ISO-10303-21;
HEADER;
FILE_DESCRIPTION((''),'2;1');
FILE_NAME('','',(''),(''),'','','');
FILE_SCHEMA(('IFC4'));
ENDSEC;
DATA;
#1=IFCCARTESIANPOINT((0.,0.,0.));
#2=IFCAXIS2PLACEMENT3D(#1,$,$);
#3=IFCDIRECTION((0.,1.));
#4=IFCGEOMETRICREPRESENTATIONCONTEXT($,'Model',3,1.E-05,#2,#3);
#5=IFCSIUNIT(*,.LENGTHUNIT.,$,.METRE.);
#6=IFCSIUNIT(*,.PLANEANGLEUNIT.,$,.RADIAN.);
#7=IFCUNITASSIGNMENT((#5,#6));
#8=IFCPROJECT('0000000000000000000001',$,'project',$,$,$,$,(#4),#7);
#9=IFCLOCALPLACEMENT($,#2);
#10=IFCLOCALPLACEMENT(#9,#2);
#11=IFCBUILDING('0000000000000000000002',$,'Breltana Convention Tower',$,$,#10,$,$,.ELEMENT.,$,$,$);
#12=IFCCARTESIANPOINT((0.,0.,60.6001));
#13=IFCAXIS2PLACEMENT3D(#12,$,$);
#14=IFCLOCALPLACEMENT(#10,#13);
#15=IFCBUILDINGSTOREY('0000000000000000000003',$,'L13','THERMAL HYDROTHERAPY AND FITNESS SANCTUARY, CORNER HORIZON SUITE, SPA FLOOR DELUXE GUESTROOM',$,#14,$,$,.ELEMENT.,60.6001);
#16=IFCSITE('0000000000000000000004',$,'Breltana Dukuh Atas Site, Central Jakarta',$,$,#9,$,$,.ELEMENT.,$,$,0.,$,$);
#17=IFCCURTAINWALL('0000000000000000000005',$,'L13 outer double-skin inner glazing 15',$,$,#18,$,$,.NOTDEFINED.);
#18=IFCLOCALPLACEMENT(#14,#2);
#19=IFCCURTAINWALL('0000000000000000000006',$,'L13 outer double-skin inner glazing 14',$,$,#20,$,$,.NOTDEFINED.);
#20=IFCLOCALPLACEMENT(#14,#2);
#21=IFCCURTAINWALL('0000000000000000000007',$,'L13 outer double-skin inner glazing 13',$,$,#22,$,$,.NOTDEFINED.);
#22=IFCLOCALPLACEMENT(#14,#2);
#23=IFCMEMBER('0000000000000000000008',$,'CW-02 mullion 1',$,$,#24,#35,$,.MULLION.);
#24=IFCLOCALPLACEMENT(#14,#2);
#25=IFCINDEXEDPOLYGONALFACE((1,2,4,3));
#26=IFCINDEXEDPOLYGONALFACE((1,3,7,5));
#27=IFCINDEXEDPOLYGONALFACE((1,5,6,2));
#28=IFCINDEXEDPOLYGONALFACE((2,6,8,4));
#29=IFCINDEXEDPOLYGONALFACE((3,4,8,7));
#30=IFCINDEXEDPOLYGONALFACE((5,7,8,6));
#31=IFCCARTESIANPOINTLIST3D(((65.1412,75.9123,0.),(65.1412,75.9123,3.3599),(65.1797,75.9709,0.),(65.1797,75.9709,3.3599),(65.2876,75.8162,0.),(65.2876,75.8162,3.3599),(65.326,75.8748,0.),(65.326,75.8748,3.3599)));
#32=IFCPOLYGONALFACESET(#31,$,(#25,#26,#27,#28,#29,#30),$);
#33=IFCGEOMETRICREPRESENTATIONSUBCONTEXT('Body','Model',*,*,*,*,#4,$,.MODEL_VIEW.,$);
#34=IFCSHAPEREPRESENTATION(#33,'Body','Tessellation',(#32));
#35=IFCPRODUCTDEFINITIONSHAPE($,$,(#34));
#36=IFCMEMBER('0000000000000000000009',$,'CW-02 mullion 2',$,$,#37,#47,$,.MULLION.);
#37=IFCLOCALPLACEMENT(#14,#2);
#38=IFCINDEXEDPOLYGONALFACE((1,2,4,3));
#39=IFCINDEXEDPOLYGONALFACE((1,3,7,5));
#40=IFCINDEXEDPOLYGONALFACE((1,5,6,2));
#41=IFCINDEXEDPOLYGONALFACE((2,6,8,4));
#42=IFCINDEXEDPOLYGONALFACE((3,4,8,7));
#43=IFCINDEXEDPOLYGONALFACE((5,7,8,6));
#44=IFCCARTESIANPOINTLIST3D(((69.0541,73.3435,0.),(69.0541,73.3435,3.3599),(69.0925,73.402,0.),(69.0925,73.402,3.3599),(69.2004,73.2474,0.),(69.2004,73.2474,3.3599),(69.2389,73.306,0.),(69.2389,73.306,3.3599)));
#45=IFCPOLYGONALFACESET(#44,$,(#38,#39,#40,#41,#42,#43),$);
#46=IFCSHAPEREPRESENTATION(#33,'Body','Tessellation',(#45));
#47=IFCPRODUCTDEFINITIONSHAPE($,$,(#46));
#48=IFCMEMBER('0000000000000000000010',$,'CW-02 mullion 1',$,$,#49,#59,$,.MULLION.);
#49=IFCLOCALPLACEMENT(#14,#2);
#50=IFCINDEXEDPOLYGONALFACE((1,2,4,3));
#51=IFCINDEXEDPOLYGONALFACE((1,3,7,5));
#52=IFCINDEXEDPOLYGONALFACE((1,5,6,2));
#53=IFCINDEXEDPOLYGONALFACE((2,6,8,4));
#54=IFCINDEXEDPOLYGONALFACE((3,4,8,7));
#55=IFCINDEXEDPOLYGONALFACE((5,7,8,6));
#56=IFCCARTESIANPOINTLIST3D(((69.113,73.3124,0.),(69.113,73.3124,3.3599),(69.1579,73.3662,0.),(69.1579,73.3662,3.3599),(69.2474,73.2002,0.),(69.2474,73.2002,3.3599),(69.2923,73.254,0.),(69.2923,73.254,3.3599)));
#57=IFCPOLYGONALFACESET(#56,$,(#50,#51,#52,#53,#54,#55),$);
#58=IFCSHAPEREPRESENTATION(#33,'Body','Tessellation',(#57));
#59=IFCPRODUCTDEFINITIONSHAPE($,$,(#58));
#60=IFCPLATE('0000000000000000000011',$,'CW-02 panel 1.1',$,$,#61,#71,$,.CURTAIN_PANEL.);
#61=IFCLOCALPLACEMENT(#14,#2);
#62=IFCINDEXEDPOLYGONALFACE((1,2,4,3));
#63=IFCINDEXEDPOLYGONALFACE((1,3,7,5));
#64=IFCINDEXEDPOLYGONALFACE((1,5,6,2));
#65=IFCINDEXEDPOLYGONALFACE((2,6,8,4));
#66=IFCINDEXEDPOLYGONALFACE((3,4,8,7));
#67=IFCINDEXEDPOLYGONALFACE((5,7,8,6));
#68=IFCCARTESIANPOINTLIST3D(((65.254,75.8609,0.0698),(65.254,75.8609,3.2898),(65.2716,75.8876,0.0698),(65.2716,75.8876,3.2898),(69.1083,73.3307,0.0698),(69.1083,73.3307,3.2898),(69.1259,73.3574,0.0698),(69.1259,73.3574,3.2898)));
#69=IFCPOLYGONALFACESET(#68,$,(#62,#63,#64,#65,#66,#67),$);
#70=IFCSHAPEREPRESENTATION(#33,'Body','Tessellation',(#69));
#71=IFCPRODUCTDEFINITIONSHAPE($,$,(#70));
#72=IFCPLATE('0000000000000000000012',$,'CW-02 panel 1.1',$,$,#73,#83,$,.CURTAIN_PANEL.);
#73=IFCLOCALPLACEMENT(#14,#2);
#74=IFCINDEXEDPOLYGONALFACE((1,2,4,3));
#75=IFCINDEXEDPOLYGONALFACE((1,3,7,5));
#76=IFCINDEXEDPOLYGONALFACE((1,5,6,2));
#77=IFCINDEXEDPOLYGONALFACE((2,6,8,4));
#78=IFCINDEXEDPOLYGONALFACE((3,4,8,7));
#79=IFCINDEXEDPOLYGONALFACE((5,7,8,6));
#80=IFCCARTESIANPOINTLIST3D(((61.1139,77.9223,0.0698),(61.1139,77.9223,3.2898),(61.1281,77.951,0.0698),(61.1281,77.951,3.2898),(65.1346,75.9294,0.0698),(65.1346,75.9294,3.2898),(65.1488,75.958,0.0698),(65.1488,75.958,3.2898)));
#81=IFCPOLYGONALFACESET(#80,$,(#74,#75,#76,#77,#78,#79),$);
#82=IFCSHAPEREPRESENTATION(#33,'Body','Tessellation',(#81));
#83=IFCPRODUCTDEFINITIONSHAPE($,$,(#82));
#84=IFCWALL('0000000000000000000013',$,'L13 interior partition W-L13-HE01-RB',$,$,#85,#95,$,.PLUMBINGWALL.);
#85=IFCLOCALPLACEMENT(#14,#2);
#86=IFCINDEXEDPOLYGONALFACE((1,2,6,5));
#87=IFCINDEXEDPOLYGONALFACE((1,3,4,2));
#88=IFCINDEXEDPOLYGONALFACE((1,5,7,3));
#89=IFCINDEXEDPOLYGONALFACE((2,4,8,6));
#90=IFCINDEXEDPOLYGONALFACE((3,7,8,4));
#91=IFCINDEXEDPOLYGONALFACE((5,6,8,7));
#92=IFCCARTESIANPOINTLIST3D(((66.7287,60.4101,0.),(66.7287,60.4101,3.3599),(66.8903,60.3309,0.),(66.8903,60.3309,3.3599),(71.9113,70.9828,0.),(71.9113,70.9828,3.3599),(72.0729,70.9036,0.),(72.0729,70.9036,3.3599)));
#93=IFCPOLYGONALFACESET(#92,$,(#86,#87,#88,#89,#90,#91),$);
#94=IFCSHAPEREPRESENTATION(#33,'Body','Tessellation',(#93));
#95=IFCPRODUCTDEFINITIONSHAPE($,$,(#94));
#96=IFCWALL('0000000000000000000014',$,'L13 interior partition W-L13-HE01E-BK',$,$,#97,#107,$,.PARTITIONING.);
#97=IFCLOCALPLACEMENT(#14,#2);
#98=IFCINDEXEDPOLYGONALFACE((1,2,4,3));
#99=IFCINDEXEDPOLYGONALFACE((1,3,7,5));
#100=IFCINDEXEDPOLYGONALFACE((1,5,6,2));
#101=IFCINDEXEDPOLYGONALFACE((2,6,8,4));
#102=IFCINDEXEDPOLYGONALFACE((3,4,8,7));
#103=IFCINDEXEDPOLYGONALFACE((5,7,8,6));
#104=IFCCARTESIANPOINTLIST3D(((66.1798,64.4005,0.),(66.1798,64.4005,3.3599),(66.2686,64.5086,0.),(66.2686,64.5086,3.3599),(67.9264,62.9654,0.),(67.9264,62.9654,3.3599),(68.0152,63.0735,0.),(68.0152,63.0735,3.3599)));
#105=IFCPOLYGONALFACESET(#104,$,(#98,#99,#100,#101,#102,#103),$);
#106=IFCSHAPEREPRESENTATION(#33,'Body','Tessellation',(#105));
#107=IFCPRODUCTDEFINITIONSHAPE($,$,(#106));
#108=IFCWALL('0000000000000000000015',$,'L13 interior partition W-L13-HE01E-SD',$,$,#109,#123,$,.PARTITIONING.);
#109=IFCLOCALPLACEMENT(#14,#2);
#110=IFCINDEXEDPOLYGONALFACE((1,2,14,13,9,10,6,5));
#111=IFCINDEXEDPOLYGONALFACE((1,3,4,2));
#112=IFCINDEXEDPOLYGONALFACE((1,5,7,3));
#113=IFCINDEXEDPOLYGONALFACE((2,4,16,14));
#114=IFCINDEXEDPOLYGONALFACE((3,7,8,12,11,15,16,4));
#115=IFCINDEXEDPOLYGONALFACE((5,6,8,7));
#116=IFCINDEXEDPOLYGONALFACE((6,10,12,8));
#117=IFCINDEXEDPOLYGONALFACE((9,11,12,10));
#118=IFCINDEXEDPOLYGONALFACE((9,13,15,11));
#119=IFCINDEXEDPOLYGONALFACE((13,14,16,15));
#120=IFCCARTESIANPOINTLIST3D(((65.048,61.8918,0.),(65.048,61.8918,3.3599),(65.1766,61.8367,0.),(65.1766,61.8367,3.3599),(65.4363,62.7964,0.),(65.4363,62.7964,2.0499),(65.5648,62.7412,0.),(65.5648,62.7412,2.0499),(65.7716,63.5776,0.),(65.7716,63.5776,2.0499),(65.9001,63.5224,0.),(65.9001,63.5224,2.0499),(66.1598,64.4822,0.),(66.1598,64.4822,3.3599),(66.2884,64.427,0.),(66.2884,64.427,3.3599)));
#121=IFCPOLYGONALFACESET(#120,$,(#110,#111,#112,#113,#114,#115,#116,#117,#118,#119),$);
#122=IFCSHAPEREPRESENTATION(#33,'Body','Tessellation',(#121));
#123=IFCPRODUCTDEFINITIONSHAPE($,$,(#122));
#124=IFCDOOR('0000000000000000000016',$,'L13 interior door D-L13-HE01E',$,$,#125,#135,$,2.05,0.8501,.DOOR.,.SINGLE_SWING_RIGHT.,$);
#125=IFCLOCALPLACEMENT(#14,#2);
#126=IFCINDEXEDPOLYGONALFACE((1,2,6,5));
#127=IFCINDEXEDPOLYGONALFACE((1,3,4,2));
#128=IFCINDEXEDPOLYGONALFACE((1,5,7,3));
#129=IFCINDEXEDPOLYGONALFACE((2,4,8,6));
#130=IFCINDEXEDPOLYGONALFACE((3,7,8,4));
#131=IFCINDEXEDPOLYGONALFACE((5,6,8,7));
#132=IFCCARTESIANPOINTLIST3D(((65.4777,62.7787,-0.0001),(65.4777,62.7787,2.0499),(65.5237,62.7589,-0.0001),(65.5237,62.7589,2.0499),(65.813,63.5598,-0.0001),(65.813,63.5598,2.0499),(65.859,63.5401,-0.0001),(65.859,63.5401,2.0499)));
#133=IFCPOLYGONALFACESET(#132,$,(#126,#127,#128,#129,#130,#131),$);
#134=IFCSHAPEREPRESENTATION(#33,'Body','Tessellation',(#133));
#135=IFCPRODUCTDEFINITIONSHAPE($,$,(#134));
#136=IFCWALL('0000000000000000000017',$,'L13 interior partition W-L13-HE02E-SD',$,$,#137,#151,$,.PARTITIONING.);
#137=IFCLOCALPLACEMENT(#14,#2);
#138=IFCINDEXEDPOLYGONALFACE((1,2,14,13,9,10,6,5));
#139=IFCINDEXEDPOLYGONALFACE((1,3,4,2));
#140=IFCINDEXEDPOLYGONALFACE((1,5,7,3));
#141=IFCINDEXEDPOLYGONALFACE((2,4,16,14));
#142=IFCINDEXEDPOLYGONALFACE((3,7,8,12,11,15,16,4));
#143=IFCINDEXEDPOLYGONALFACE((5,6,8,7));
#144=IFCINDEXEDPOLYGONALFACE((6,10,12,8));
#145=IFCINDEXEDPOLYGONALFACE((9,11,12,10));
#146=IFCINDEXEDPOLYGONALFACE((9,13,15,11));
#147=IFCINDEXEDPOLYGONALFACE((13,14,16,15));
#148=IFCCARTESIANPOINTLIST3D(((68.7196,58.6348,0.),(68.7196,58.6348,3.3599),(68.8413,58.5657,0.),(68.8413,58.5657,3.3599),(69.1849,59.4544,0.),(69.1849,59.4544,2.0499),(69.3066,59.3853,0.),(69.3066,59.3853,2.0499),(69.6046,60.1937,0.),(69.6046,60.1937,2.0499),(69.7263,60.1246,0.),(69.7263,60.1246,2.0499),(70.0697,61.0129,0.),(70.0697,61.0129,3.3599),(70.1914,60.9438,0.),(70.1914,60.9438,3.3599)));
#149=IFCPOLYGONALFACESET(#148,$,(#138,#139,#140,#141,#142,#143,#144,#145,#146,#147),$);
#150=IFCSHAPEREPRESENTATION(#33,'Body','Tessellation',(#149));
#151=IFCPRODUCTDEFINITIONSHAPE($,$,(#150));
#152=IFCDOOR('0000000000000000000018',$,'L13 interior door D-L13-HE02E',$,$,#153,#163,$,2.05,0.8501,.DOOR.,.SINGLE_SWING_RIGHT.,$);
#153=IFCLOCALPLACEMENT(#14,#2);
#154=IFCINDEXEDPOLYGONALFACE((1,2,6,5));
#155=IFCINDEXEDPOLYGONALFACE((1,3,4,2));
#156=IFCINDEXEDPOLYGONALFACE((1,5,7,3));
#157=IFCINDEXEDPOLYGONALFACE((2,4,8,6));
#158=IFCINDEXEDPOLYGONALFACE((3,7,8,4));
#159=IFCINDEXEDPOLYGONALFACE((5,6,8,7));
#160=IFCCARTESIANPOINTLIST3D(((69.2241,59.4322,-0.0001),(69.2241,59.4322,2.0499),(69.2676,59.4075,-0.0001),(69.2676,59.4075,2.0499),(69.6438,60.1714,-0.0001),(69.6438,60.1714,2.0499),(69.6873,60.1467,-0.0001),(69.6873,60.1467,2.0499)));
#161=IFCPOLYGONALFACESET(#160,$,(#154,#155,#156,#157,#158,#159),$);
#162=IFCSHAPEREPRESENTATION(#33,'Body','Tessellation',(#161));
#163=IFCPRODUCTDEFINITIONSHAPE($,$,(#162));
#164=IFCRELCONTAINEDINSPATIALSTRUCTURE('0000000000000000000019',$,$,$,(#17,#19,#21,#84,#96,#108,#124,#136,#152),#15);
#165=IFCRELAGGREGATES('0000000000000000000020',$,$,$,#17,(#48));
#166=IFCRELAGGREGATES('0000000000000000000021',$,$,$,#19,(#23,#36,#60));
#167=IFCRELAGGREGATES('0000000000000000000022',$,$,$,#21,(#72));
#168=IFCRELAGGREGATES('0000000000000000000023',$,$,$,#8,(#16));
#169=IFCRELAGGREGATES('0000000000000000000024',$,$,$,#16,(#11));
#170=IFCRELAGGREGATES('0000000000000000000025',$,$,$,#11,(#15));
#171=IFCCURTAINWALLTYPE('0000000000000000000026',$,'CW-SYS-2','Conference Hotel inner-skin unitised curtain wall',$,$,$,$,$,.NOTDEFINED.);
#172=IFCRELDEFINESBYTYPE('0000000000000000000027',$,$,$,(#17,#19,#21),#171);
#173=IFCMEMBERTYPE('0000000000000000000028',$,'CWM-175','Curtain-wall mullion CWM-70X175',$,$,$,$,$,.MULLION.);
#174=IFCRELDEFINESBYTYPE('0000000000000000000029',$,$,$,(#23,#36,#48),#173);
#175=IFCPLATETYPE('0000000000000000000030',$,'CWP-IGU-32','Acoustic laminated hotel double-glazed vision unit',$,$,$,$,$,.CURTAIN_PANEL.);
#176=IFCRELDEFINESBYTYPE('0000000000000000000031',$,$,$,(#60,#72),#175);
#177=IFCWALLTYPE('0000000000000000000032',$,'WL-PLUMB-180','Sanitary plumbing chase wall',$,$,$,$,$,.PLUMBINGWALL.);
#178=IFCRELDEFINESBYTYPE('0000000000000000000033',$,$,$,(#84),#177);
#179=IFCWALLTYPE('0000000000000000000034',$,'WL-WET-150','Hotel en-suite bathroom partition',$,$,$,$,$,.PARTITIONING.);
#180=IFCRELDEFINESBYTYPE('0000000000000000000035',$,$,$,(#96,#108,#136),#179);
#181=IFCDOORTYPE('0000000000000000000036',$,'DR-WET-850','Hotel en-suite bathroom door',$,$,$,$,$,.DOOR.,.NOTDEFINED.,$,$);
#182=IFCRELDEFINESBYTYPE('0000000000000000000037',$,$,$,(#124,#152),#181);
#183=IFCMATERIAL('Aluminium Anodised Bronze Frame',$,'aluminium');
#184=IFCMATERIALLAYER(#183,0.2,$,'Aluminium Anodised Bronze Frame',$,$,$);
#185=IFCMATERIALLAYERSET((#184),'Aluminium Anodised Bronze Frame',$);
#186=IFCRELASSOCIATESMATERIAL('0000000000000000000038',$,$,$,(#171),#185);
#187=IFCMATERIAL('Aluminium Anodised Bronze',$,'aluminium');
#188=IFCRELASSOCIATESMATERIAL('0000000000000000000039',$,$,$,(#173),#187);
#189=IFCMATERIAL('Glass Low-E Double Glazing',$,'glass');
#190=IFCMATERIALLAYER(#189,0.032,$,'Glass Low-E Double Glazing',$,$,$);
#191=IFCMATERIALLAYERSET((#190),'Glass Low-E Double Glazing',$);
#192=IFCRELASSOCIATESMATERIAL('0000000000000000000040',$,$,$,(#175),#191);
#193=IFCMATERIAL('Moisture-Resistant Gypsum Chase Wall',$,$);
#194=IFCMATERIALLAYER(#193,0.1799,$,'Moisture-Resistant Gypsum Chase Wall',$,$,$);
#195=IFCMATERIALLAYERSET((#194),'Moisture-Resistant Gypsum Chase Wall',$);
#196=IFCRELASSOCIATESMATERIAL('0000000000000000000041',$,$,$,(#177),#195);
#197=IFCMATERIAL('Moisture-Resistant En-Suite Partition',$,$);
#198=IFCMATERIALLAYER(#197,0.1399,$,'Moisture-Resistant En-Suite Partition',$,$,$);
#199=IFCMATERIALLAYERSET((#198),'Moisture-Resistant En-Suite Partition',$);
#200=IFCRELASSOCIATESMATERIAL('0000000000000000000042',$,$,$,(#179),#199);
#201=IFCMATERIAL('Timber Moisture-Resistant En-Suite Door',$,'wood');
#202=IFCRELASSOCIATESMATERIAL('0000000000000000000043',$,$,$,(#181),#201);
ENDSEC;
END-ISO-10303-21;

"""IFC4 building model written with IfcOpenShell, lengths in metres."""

from ifc_helpers import new_model, si_unit, direction, frame, frame_2d, origin, origin_2d, place, context, subcontext, project, spatial, rectangle, extrude, source, transform, mapped, material, layer, layer_set, material_profile, profile_set, type_object, type_shapes, element, fill, aggregate, save


model = new_model("IFC4")

# Units and contexts
model_context = context("Model", 3, precision=1e-05, world=origin(), true_north=direction((0.0, 1.0)))
body_context = subcontext(model_context, "Body", "Model", "MODEL_VIEW")
ifc_project = project(units=[si_unit("LENGTHUNIT", "METRE"), si_unit("PLANEANGLEUNIT", "RADIAN")], contexts=[model_context])

# Site, building, storey
site_placement = place(None, origin())
site = spatial("IfcSite", under=ifc_project, at=site_placement, Name="Breltana Dukuh Atas Site, Central Jakarta", CompositionType="ELEMENT", RefElevation=0.0)
building_placement = place(site_placement, origin())
building = spatial("IfcBuilding", under=site, at=building_placement, Name="Breltana Convention Tower", CompositionType="ELEMENT")
storey_placement = place(building_placement, frame((0.0, 0.0, 60.6001)))
storey = spatial("IfcBuildingStorey", under=building, at=storey_placement, Name="L13", Description="THERMAL HYDROTHERAPY AND FITNESS SANCTUARY, CORNER HORIZON SUITE, SPA FLOOR DELUXE GUESTROOM", CompositionType="ELEMENT", Elevation=60.6001)

# Curtain wall
ifc_material_1 = material(Name="Aluminium Anodised Bronze Frame", Category="aluminium")
ifc_layer_1 = layer(ifc_material_1, 0.2, Name="Aluminium Anodised Bronze Frame")
ifc_layer_set_1 = layer_set([ifc_layer_1], Name="Aluminium Anodised Bronze Frame")
curtain_wall_type = type_object("IfcCurtainWallType", Name="CW-SYS-2", Description="Conference Hotel inner-skin unitised curtain wall", PredefinedType="NOTDEFINED", material=ifc_layer_set_1)
curtain_wall_1_placement = place(storey_placement, origin())
curtain_wall_1 = element("IfcCurtainWall", 1, at=curtain_wall_1_placement, inside=storey, type_object=curtain_wall_type, Name="L13 outer double-skin inner glazing 15", PredefinedType="NOTDEFINED")
ifc_material_2 = material(Name="Aluminium Anodised Bronze", Category="aluminium")

# Curtain wall
curtain_wall_2_placement = place(storey_placement, origin())
curtain_wall_2 = element("IfcCurtainWall", 2, at=curtain_wall_2_placement, inside=storey, type_object=curtain_wall_type, Name="L13 outer double-skin inner glazing 14", PredefinedType="NOTDEFINED")

# Curtain wall
curtain_wall_3_placement = place(storey_placement, origin())
curtain_wall_3 = element("IfcCurtainWall", 3, at=curtain_wall_3_placement, inside=storey, type_object=curtain_wall_type, Name="L13 outer double-skin inner glazing 13", PredefinedType="NOTDEFINED")
ifc_material_profile_1 = material_profile(ifc_material_2, rectangle(XDim=0.0701, YDim=0.175, at=origin_2d()), Name="CWM-70X175")
ifc_profile_set_1 = profile_set([ifc_material_profile_1], Name="Aluminium Anodised Bronze")
member_type_1 = type_object("IfcMemberType", Name="CWM-175", Description="Curtain-wall mullion CWM-70X175", PredefinedType="MULLION", material=ifc_profile_set_1)
shared_shape_1 = source(origin(), body_context, "Body", "SweptSolid", [
    extrude(rectangle(XDim=0.0701, YDim=0.175, at=origin_2d()), origin(), (0.0, 0.0, 1.0), 3.3599),
])

# Members
member_1_placement = place(storey_placement, frame((65.2336, 75.8936, 0.0), z_axis=(0.0, 0.0, 1.0), x_axis=(0.548784, 0.835964, 0.0)))
member_1 = element("IfcMember", 4, at=member_1_placement, type_object=member_type_1, Name="CW-02 mullion 1", PredefinedType="MULLION", context=body_context, shape_type="MappedRepresentation", body=[
    mapped(shared_shape_1, transform((0.0, 0.0, 0.0), scale=1.0)),
])
member_2_placement = place(storey_placement, frame((69.1465, 73.3247, 0.0), z_axis=(0.0, 0.0, 1.0), x_axis=(0.548784, 0.835964, 0.0)))
member_2 = element("IfcMember", 5, at=member_2_placement, type_object=member_type_1, Name="CW-02 mullion 2", PredefinedType="MULLION", context=body_context, shape_type="MappedRepresentation", body=[
    mapped(shared_shape_1, transform((0.0, 0.0, 0.0), scale=1.0)),
])
member_3_placement = place(storey_placement, frame((69.2026, 73.2832, 0.0), z_axis=(0.0, 0.0, 1.0), x_axis=(0.64052, 0.767941, 0.0)))
member_3 = element("IfcMember", 6, at=member_3_placement, type_object=member_type_1, Name="CW-02 mullion 1", PredefinedType="MULLION", context=body_context, shape_type="MappedRepresentation", body=[
    mapped(shared_shape_1, transform((0.0, 0.0, 0.0), scale=1.0)),
])
aggregate(curtain_wall_1, [member_3])

# Plates
ifc_material_3 = material(Name="Glass Low-E Double Glazing", Category="glass")
ifc_layer_2 = layer(ifc_material_3, 0.032, Name="Glass Low-E Double Glazing")
ifc_layer_set_2 = layer_set([ifc_layer_2], Name="Glass Low-E Double Glazing")
plate_type = type_object("IfcPlateType", Name="CWP-IGU-32", Description="Acoustic laminated hotel double-glazed vision unit", PredefinedType="CURTAIN_PANEL", material=ifc_layer_set_2)
shared_shape_2 = source(origin(), body_context, "Body", "SweptSolid", [
    extrude(rectangle(XDim=4.6106, YDim=0.032, at=origin_2d()), origin(), (0.0, 0.0, 1.0), 3.22),
])
plate_1_placement = place(storey_placement, frame((67.1899, 74.6091, 0.0698), z_axis=(0.0, 0.0, 1.0), x_axis=(0.835964, -0.548784, 0.0)))
plate_1 = element("IfcPlate", 7, at=plate_1_placement, type_object=plate_type, Name="CW-02 panel 1.1", PredefinedType="CURTAIN_PANEL", context=body_context, shape_type="MappedRepresentation", body=[
    mapped(shared_shape_2, transform((0.0, 0.0, 0.0), scale=1.0)),
])
aggregate(curtain_wall_2, [member_1, member_2, plate_1])
shared_shape_3 = source(origin(), body_context, "Body", "SweptSolid", [
    extrude(rectangle(XDim=4.4875, YDim=0.032, at=origin_2d()), origin(), (0.0, 0.0, 1.0), 3.22),
])
plate_2_placement = place(storey_placement, frame((63.1313, 76.9402, 0.0698), z_axis=(0.0, 0.0, 1.0), x_axis=(0.895973, -0.444108, 0.0)))
plate_2 = element("IfcPlate", 8, at=plate_2_placement, type_object=plate_type, Name="CW-02 panel 1.1", PredefinedType="CURTAIN_PANEL", context=body_context, shape_type="MappedRepresentation", body=[
    mapped(shared_shape_3, transform((0.0, 0.0, 0.0), scale=1.0)),
])
aggregate(curtain_wall_3, [plate_2])

# Walls
ifc_material_4 = material(Name="Moisture-Resistant Gypsum Chase Wall")
ifc_layer_3 = layer(ifc_material_4, 0.1799, Name="Moisture-Resistant Gypsum Chase Wall")
ifc_layer_set_3 = layer_set([ifc_layer_3], Name="Moisture-Resistant Gypsum Chase Wall")
wall_type_1 = type_object("IfcWallType", Name="WL-PLUMB-180", Description="Sanitary plumbing chase wall", PredefinedType="PLUMBINGWALL", material=ifc_layer_set_3)
shared_shape_4 = source(origin(), body_context, "Body", "SweptSolid", [
    extrude(rectangle(XDim=11.7747, YDim=0.1799, at=frame_2d((5.8872, 0.0))), origin(), (0.0, 0.0, 1.0), 3.3599),
])
wall_1_placement = place(storey_placement, frame((66.8096, 60.3706, 0.0), z_axis=(0.0, 0.0, 1.0), x_axis=(0.44015, 0.897924, 0.0)))
element("IfcWall", 9, at=wall_1_placement, inside=storey, type_object=wall_type_1, Name="L13 interior partition W-L13-HE01-RB", PredefinedType="PLUMBINGWALL", context=body_context, shape_type="MappedRepresentation", body=[
    mapped(shared_shape_4, transform((0.0, 0.0, 0.0), scale=1.0)),
])
ifc_material_5 = material(Name="Moisture-Resistant En-Suite Partition")
ifc_layer_4 = layer(ifc_material_5, 0.1399, Name="Moisture-Resistant En-Suite Partition")
ifc_layer_set_4 = layer_set([ifc_layer_4], Name="Moisture-Resistant En-Suite Partition")
wall_type_2 = type_object("IfcWallType", Name="WL-WET-150", Description="Hotel en-suite bathroom partition", PredefinedType="PARTITIONING", material=ifc_layer_set_4)
shared_shape_5 = source(origin(), body_context, "Body", "SweptSolid", [
    extrude(rectangle(XDim=2.2605, YDim=0.1399, at=frame_2d((1.1304, 0.0))), origin(), (0.0, 0.0, 1.0), 3.3599),
])
wall_2_placement = place(storey_placement, frame((66.2241, 64.4546, 0.0), z_axis=(0.0, 0.0, 1.0), x_axis=(0.772647, -0.634836, 0.0)))
element("IfcWall", 10, at=wall_2_placement, inside=storey, type_object=wall_type_2, Name="L13 interior partition W-L13-HE01E-BK", PredefinedType="PARTITIONING", context=body_context, shape_type="MappedRepresentation", body=[
    mapped(shared_shape_5, transform((0.0, 0.0, 0.0), scale=1.0)),
])

# Walls, openings, doors
shared_shape_6 = source(origin(), body_context, "Body", "SweptSolid", [
    extrude(rectangle(XDim=2.8188, YDim=0.1399, at=frame_2d((1.4094, 0.0))), origin(), (0.0, 0.0, 1.0), 3.3599),
])
wall_3_placement = place(storey_placement, frame((65.1123, 61.8643, 0.0), z_axis=(0.0, 0.0, 1.0), x_axis=(0.394421, 0.91893, 0.0)))
wall_3 = element("IfcWall", 11, at=wall_3_placement, inside=storey, type_object=wall_type_2, Name="L13 interior partition W-L13-HE01E-SD", PredefinedType="PARTITIONING", context=body_context, shape_type="MappedRepresentation", body=[
    mapped(shared_shape_6, transform((0.0, 0.0, 0.0), scale=1.0)),
])
opening_1_placement = place(wall_3_placement, frame((0.9844, 0.0, 0.0)))
opening_1 = element("IfcOpeningElement", 12, at=opening_1_placement, cuts=wall_3, PredefinedType="OPENING", context=body_context, shape_type="SweptSolid", body=[
    extrude(rectangle(XDim=0.8501, YDim=2.05, at=frame_2d((0.425, 1.0249))), frame((0.0, 0.0801, 0.0), z_axis=(0.0, -1.0, 0.0), x_axis=(1.0, 0.0, 0.0)), (0.0, 0.0, 1.0), 0.1599),
])
ifc_material_6 = material(Name="Timber Moisture-Resistant En-Suite Door", Category="wood")
door_type_1 = type_object("IfcDoorType", Name="DR-WET-850", Description="Hotel en-suite bathroom door", OperationType="NOTDEFINED", PredefinedType="DOOR", material=ifc_material_6)
shared_shape_7 = source(origin(), body_context, "Body", "SweptSolid", [
    extrude(rectangle(XDim=0.8501, YDim=2.05, at=frame_2d((0.425, 1.0249))), frame((0.0, 0.0249, 0.0), z_axis=(0.0, -1.0, 0.0), x_axis=(1.0, 0.0, 0.0)), (0.0, 0.0, 1.0), 0.05),
])
type_shapes(door_type_1, [shared_shape_7])
door_1_placement = place(opening_1_placement, origin())
door_1 = element("IfcDoor", 13, at=door_1_placement, inside=storey, type_object=door_type_1, Name="L13 interior door D-L13-HE01E", OperationType="SINGLE_SWING_RIGHT", OverallHeight=2.05, OverallWidth=0.8501, PredefinedType="DOOR", context=body_context, shape_type="MappedRepresentation", body=[
    mapped(shared_shape_7, transform((0.0, 0.0, 0.0), scale=1.0)),
])
fill(opening_1, door_1)
shared_shape_8 = source(origin(), body_context, "Body", "SweptSolid", [
    extrude(rectangle(XDim=2.7346, YDim=0.1399, at=frame_2d((1.3672, 0.0))), origin(), (0.0, 0.0, 1.0), 3.3599),
])
wall_4_placement = place(storey_placement, frame((68.7805, 58.6003, 0.0), z_axis=(0.0, 0.0, 1.0), x_axis=(0.493695, 0.869635, 0.0)))
wall_4 = element("IfcWall", 14, at=wall_4_placement, inside=storey, type_object=wall_type_2, Name="L13 interior partition W-L13-HE02E-SD", PredefinedType="PARTITIONING", context=body_context, shape_type="MappedRepresentation", body=[
    mapped(shared_shape_8, transform((0.0, 0.0, 0.0), scale=1.0)),
])
opening_2_placement = place(wall_4_placement, frame((0.9424, 0.0, 0.0)))
opening_2 = element("IfcOpeningElement", 15, at=opening_2_placement, cuts=wall_4, PredefinedType="OPENING", context=body_context, shape_type="SweptSolid", body=[
    extrude(rectangle(XDim=0.8501, YDim=2.05, at=frame_2d((0.425, 1.0249))), frame((0.0, 0.0801, 0.0), z_axis=(0.0, -1.0, 0.0), x_axis=(1.0, 0.0, 0.0)), (0.0, 0.0, 1.0), 0.1599),
])
door_2_placement = place(opening_2_placement, origin())
door_2 = element("IfcDoor", 16, at=door_2_placement, inside=storey, type_object=door_type_1, Name="L13 interior door D-L13-HE02E", OperationType="SINGLE_SWING_RIGHT", OverallHeight=2.05, OverallWidth=0.8501, PredefinedType="DOOR", context=body_context, shape_type="MappedRepresentation", body=[
    mapped(shared_shape_7, transform((0.0, 0.0, 0.0), scale=1.0)),
])
fill(opening_2, door_2)

save(model, "model.ifc")
